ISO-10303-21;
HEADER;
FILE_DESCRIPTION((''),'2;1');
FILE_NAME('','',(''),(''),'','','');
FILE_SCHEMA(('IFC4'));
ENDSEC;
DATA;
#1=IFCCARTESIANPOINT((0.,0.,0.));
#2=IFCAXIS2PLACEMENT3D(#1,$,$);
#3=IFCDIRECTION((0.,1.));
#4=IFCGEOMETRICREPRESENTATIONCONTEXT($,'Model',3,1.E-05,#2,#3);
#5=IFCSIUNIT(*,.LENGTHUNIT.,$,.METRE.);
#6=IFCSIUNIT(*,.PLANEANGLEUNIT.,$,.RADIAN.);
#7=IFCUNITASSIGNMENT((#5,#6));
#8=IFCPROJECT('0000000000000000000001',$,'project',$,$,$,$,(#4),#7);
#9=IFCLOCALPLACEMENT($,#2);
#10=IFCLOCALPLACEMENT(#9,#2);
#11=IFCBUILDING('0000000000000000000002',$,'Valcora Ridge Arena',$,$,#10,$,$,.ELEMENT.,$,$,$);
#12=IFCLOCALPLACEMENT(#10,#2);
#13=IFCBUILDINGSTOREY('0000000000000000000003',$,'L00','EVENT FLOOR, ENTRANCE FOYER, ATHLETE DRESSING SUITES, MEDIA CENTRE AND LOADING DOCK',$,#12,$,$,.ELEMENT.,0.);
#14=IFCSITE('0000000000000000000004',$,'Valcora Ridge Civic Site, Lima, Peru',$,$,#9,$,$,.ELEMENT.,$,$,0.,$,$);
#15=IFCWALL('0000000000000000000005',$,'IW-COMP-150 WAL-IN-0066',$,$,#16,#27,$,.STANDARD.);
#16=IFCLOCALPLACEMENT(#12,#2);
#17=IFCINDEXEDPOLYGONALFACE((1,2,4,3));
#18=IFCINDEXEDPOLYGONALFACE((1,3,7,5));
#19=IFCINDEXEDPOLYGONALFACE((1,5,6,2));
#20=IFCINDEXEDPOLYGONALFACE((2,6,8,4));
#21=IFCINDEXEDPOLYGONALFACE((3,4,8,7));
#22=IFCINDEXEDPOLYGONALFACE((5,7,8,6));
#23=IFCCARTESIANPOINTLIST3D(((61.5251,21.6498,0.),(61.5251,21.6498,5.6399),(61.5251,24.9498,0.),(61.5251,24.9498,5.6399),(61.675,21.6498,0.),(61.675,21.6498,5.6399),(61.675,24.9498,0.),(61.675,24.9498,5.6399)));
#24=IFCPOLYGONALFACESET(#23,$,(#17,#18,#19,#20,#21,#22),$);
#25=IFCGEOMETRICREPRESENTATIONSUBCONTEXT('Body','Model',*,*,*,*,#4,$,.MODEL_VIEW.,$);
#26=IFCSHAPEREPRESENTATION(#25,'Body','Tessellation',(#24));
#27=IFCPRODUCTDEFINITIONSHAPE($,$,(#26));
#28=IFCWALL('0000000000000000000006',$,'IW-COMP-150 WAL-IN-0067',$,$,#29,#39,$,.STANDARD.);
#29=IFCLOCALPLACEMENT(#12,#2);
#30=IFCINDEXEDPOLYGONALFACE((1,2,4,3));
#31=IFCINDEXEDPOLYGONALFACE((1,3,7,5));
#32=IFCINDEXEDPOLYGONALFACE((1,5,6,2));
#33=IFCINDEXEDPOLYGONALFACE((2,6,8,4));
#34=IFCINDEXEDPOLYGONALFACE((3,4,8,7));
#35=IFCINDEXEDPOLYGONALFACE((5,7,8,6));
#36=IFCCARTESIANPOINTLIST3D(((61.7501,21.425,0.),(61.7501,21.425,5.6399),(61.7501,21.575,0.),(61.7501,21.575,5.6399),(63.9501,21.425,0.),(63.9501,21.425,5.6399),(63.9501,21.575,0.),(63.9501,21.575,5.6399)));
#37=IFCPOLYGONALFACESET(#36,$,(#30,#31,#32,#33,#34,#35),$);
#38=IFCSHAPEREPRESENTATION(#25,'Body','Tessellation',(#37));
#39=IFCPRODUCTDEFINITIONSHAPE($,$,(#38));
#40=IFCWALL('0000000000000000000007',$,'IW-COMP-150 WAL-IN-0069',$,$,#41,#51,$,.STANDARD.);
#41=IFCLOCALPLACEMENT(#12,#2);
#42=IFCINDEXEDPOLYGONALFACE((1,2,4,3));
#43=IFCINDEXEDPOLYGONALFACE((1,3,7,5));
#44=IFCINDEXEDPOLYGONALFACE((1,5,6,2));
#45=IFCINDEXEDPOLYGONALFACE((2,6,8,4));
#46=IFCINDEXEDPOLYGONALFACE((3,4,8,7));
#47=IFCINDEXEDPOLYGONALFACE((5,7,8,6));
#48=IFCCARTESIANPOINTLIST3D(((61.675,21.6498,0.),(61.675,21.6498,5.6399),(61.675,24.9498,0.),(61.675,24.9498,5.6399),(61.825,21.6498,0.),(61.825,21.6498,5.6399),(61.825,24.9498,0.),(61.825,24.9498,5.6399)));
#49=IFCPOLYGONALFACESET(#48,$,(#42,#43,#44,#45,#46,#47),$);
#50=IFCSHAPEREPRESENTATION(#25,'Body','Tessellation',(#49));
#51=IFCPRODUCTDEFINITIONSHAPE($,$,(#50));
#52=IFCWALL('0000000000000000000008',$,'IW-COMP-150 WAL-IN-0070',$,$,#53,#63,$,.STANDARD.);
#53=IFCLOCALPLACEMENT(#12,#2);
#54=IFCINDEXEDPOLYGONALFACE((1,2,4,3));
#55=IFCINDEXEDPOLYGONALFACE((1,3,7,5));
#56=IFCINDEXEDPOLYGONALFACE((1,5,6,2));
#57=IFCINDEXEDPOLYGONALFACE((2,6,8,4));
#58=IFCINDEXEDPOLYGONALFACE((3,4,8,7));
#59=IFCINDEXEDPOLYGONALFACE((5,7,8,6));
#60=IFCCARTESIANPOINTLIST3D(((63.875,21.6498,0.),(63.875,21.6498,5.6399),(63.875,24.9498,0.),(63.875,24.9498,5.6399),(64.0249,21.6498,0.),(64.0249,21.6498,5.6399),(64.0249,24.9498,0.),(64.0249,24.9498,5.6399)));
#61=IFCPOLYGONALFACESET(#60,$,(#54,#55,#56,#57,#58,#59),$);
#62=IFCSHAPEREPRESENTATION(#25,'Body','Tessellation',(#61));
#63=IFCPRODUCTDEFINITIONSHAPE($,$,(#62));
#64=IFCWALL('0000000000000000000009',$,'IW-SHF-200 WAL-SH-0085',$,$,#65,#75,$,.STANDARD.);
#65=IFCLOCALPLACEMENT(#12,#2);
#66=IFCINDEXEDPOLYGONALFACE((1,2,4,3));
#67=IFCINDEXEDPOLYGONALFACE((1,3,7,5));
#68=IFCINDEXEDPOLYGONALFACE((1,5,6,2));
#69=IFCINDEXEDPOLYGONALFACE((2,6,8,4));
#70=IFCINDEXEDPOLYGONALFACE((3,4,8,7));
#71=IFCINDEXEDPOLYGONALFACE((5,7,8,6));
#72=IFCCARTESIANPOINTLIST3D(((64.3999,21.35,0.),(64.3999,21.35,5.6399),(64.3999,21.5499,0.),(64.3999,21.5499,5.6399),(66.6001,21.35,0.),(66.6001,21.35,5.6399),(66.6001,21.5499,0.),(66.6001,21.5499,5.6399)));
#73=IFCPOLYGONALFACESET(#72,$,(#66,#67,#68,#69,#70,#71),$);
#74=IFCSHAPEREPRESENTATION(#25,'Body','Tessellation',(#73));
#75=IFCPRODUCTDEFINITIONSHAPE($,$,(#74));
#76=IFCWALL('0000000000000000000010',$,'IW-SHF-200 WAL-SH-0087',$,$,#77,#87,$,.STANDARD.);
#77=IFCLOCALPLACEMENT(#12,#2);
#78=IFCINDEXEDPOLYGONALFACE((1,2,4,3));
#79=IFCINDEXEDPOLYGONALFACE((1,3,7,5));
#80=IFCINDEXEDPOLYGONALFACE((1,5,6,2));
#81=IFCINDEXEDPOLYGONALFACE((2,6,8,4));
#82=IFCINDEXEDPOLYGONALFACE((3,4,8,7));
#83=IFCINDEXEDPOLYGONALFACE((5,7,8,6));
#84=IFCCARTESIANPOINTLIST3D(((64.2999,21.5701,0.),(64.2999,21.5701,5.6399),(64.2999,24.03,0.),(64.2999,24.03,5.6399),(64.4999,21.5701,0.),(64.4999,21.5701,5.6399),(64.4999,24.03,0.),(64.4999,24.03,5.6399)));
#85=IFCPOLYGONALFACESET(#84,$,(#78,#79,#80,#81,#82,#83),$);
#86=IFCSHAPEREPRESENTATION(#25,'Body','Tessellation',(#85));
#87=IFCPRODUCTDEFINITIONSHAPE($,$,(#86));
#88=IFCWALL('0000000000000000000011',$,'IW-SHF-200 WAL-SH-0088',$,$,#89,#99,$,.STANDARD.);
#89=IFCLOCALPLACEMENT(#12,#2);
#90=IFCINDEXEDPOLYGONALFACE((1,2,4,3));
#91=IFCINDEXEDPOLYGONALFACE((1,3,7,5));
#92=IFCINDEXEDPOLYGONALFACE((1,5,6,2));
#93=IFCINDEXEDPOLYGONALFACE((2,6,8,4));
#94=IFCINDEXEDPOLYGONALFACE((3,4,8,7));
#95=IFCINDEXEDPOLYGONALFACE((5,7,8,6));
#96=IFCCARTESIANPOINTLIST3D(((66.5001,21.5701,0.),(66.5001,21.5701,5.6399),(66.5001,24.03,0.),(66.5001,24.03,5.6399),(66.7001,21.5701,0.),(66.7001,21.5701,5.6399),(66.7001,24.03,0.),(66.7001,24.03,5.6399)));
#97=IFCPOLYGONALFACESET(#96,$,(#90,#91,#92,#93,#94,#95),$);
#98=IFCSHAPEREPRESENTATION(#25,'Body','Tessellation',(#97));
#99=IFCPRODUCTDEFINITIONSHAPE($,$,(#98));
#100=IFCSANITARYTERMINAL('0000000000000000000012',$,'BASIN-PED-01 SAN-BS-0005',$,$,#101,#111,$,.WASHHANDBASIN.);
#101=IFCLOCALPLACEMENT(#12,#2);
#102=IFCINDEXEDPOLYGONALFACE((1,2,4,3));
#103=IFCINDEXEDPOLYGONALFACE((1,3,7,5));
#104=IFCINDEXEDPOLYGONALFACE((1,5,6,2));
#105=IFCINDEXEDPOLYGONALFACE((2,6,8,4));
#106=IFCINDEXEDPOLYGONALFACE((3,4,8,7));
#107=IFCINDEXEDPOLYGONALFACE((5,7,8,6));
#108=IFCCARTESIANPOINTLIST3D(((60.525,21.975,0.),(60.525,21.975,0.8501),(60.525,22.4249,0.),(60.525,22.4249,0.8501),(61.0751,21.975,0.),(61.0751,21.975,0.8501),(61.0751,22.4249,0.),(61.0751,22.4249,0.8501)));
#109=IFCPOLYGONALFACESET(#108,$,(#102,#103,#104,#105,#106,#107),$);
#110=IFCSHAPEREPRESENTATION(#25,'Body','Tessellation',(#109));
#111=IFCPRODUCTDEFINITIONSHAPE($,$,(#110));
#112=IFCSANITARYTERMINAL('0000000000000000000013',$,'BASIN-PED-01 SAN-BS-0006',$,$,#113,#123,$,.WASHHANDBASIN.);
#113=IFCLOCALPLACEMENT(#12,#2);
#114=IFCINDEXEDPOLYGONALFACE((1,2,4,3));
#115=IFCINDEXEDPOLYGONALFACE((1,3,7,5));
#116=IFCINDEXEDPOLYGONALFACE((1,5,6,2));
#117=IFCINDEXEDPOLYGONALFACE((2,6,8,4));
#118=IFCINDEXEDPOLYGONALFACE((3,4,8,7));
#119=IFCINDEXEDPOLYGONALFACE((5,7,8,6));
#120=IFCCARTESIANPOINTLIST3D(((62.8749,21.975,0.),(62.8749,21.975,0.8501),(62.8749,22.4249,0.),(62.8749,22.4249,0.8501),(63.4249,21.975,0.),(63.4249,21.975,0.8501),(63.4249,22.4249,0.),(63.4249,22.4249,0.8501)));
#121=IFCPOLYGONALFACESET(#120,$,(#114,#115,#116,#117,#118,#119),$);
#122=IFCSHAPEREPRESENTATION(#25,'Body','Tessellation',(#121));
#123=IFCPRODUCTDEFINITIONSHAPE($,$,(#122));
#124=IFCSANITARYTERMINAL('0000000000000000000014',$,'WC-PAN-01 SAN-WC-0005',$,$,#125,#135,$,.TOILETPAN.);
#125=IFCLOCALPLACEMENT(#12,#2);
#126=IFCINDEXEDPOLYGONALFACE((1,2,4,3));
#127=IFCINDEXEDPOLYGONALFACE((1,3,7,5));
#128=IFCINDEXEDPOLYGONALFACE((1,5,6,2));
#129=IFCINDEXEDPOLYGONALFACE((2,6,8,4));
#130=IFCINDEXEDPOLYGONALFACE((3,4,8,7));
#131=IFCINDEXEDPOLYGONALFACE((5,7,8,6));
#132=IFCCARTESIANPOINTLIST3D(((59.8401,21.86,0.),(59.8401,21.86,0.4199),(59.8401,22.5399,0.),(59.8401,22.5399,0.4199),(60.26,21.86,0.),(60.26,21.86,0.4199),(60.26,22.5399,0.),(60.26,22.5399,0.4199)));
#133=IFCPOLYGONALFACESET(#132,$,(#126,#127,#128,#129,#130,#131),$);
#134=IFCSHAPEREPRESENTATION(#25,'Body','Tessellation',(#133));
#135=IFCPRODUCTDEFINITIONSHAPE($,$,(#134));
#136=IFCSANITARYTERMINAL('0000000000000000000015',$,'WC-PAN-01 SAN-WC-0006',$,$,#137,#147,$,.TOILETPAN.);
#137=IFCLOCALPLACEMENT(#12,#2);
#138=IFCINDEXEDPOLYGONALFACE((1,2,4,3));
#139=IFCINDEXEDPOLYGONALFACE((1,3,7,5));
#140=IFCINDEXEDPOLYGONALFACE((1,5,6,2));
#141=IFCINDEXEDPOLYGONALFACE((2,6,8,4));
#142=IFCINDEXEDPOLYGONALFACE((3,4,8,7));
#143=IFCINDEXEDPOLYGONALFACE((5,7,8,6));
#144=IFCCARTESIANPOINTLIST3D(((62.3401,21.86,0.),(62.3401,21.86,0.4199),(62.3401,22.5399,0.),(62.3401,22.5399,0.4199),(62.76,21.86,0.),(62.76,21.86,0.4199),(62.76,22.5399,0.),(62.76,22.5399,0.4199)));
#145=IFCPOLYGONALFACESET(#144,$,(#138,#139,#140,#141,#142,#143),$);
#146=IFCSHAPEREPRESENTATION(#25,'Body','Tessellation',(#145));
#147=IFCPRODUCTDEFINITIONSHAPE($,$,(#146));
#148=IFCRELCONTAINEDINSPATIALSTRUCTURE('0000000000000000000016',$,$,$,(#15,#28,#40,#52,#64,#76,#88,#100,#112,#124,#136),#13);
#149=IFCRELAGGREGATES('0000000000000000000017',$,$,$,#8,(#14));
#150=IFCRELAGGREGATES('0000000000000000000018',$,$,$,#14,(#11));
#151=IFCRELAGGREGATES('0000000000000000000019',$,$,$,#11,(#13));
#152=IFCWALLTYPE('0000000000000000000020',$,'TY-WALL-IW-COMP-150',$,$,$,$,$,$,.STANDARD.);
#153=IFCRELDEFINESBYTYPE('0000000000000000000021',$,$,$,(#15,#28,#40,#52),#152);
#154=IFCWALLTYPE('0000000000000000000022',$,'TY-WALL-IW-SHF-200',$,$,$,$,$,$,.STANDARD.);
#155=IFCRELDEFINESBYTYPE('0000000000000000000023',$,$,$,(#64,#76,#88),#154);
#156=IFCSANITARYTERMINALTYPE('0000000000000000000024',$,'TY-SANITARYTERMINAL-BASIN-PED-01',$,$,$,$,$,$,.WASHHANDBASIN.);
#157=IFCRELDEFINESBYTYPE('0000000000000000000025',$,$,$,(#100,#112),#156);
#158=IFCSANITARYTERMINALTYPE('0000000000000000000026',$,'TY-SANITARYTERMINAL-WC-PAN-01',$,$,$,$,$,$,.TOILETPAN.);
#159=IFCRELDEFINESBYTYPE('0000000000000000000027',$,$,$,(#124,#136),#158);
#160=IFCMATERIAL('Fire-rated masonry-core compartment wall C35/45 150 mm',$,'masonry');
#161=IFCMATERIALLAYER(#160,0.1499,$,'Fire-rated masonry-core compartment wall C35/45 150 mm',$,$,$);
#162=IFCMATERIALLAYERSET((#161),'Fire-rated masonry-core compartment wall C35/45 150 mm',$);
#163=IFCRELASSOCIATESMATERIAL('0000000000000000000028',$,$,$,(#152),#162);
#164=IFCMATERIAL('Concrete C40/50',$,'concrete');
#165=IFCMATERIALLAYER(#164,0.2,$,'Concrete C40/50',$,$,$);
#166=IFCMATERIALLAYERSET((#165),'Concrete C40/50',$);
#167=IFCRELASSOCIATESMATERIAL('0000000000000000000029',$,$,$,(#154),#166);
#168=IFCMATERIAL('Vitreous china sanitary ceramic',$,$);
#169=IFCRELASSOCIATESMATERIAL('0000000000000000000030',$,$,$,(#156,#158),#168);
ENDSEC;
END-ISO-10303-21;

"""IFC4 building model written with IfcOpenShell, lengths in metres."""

from ifc_helpers import new_model, si_unit, direction, frame, frame_2d, origin, origin_2d, place, context, subcontext, project, spatial, rectangle, extrude, material, layer, layer_set, type_object, element, save


model = new_model("IFC4")

# Units and contexts
model_context = context("Model", 3, precision=1e-05, world=origin(), true_north=direction((0.0, 1.0)))
body_context = subcontext(model_context, "Body", "Model", "MODEL_VIEW")
ifc_project = project(units=[si_unit("LENGTHUNIT", "METRE"), si_unit("PLANEANGLEUNIT", "RADIAN")], contexts=[model_context])

# Site, building, storey
site_placement = place(None, origin())
site = spatial("IfcSite", under=ifc_project, at=site_placement, Name="Valcora Ridge Civic Site, Lima, Peru", CompositionType="ELEMENT", RefElevation=0.0)
building_placement = place(site_placement, origin())
building = spatial("IfcBuilding", under=site, at=building_placement, Name="Valcora Ridge Arena", CompositionType="ELEMENT")
storey_placement = place(building_placement, origin())
storey = spatial("IfcBuildingStorey", under=building, at=storey_placement, Name="L00", Description="EVENT FLOOR, ENTRANCE FOYER, ATHLETE DRESSING SUITES, MEDIA CENTRE AND LOADING DOCK", CompositionType="ELEMENT", Elevation=0.0)

# Shared definitions
ifc_material_1 = material(Name="Concrete C40/50", Category="concrete")

# Walls
ifc_material_2 = material(Name="Fire-rated masonry-core compartment wall C35/45 150 mm", Category="masonry")
ifc_layer_1 = layer(ifc_material_2, 0.1499, Name="Fire-rated masonry-core compartment wall C35/45 150 mm")
ifc_layer_set_1 = layer_set([ifc_layer_1], Name="Fire-rated masonry-core compartment wall C35/45 150 mm")
wall_type_1 = type_object("IfcWallType", Name="TY-WALL-IW-COMP-150", PredefinedType="STANDARD", material=ifc_layer_set_1)
wall_1_placement = place(storey_placement, frame((61.6001, 21.6499, 0.0), z_axis=(0.0, 0.0, 1.0), x_axis=(0.0, 1.0, 0.0)))
element("IfcWall", 1, at=wall_1_placement, inside=storey, type_object=wall_type_1, Name="IW-COMP-150 WAL-IN-0066", PredefinedType="STANDARD", context=body_context, shape_type="SweptSolid", body=[
    extrude(rectangle(XDim=3.3, YDim=0.1499, at=frame_2d((1.6499, 0.0))), origin(), (0.0, 0.0, 1.0), 5.6399),
])
wall_2_placement = place(storey_placement, frame((61.75, 21.5, 0.0), z_axis=(0.0, 0.0, 1.0), x_axis=(1.0, 0.0, 0.0)))
element("IfcWall", 2, at=wall_2_placement, inside=storey, type_object=wall_type_1, Name="IW-COMP-150 WAL-IN-0067", PredefinedType="STANDARD", context=body_context, shape_type="SweptSolid", body=[
    extrude(rectangle(XDim=2.2, YDim=0.1499, at=frame_2d((1.1001, 0.0))), origin(), (0.0, 0.0, 1.0), 5.6399),
])
for number, where, z_axis, x_axis, name in (
    (3, (61.75, 21.6499, 0.0), (0.0, 0.0, 1.0), (0.0, 1.0, 0.0), "IW-COMP-150 WAL-IN-0069"),
    (4, (63.95, 21.6499, 0.0), (0.0, 0.0, 1.0), (0.0, 1.0, 0.0), "IW-COMP-150 WAL-IN-0070"),
):
    element("IfcWall", number, at=place(storey_placement, frame(where, z_axis=z_axis, x_axis=x_axis)), inside=storey, type_object=wall_type_1, Name=name, PredefinedType="STANDARD", context=body_context, shape_type="SweptSolid", body=[
        extrude(rectangle(XDim=3.3, YDim=0.1499, at=frame_2d((1.6499, 0.0))), origin(), (0.0, 0.0, 1.0), 5.6399),
    ])
ifc_layer_2 = layer(ifc_material_1, 0.2, Name="Concrete C40/50")
ifc_layer_set_2 = layer_set([ifc_layer_2], Name="Concrete C40/50")
wall_type_2 = type_object("IfcWallType", Name="TY-WALL-IW-SHF-200", PredefinedType="STANDARD", material=ifc_layer_set_2)
wall_3_placement = place(storey_placement, frame((64.3999, 21.45, 0.0), z_axis=(0.0, 0.0, 1.0), x_axis=(1.0, 0.0, 0.0)))
element("IfcWall", 5, at=wall_3_placement, inside=storey, type_object=wall_type_2, Name="IW-SHF-200 WAL-SH-0085", PredefinedType="STANDARD", context=body_context, shape_type="SweptSolid", body=[
    extrude(rectangle(XDim=2.2002, YDim=0.2, at=frame_2d((1.1001, 0.0))), origin(), (0.0, 0.0, 1.0), 5.6399),
])

# Walls
for number, where, z_axis, x_axis, name in (
    (6, (64.3999, 21.5701, 0.0), (0.0, 0.0, 1.0), (0.0, 1.0, 0.0), "IW-SHF-200 WAL-SH-0087"),
    (7, (66.6001, 21.5701, 0.0), (0.0, 0.0, 1.0), (0.0, 1.0, 0.0), "IW-SHF-200 WAL-SH-0088"),
):
    element("IfcWall", number, at=place(storey_placement, frame(where, z_axis=z_axis, x_axis=x_axis)), inside=storey, type_object=wall_type_2, Name=name, PredefinedType="STANDARD", context=body_context, shape_type="SweptSolid", body=[
        extrude(rectangle(XDim=2.46, YDim=0.2, at=frame_2d((1.23, 0.0))), origin(), (0.0, 0.0, 1.0), 5.6399),
    ])

# Sanitary terminals
ifc_material_3 = material(Name="Vitreous china sanitary ceramic")
sanitary_terminal_type_1 = type_object("IfcSanitaryTerminalType", Name="TY-SANITARYTERMINAL-BASIN-PED-01", PredefinedType="WASHHANDBASIN", material=ifc_material_3)
for number, where, z_axis, x_axis, name in (
    (8, (60.8, 22.2, 0.0), (0.0, 0.0, 1.0), (1.0, 0.0, 0.0), "BASIN-PED-01 SAN-BS-0005"),
    (9, (63.1499, 22.2, 0.0), (0.0, 0.0, 1.0), (1.0, 0.0, 0.0), "BASIN-PED-01 SAN-BS-0006"),
):
    element("IfcSanitaryTerminal", number, at=place(storey_placement, frame(where, z_axis=z_axis, x_axis=x_axis)), inside=storey, type_object=sanitary_terminal_type_1, Name=name, PredefinedType="WASHHANDBASIN", context=body_context, shape_type="SweptSolid", body=[
        extrude(rectangle(XDim=0.55, YDim=0.45, at=origin_2d()), origin(), (0.0, 0.0, 1.0), 0.8501),
    ])
sanitary_terminal_type_2 = type_object("IfcSanitaryTerminalType", Name="TY-SANITARYTERMINAL-WC-PAN-01", PredefinedType="TOILETPAN", material=ifc_material_3)
for number, where, z_axis, x_axis, name in (
    (10, (60.05, 22.2, 0.0), (0.0, 0.0, 1.0), (1.0, 0.0, 0.0), "WC-PAN-01 SAN-WC-0005"),
    (11, (62.55, 22.2, 0.0), (0.0, 0.0, 1.0), (1.0, 0.0, 0.0), "WC-PAN-01 SAN-WC-0006"),
):
    element("IfcSanitaryTerminal", number, at=place(storey_placement, frame(where, z_axis=z_axis, x_axis=x_axis)), inside=storey, type_object=sanitary_terminal_type_2, Name=name, PredefinedType="TOILETPAN", context=body_context, shape_type="SweptSolid", body=[
        extrude(rectangle(XDim=0.4199, YDim=0.6799, at=origin_2d()), origin(), (0.0, 0.0, 1.0), 0.4199),
    ])

save(model, "model.ifc")
